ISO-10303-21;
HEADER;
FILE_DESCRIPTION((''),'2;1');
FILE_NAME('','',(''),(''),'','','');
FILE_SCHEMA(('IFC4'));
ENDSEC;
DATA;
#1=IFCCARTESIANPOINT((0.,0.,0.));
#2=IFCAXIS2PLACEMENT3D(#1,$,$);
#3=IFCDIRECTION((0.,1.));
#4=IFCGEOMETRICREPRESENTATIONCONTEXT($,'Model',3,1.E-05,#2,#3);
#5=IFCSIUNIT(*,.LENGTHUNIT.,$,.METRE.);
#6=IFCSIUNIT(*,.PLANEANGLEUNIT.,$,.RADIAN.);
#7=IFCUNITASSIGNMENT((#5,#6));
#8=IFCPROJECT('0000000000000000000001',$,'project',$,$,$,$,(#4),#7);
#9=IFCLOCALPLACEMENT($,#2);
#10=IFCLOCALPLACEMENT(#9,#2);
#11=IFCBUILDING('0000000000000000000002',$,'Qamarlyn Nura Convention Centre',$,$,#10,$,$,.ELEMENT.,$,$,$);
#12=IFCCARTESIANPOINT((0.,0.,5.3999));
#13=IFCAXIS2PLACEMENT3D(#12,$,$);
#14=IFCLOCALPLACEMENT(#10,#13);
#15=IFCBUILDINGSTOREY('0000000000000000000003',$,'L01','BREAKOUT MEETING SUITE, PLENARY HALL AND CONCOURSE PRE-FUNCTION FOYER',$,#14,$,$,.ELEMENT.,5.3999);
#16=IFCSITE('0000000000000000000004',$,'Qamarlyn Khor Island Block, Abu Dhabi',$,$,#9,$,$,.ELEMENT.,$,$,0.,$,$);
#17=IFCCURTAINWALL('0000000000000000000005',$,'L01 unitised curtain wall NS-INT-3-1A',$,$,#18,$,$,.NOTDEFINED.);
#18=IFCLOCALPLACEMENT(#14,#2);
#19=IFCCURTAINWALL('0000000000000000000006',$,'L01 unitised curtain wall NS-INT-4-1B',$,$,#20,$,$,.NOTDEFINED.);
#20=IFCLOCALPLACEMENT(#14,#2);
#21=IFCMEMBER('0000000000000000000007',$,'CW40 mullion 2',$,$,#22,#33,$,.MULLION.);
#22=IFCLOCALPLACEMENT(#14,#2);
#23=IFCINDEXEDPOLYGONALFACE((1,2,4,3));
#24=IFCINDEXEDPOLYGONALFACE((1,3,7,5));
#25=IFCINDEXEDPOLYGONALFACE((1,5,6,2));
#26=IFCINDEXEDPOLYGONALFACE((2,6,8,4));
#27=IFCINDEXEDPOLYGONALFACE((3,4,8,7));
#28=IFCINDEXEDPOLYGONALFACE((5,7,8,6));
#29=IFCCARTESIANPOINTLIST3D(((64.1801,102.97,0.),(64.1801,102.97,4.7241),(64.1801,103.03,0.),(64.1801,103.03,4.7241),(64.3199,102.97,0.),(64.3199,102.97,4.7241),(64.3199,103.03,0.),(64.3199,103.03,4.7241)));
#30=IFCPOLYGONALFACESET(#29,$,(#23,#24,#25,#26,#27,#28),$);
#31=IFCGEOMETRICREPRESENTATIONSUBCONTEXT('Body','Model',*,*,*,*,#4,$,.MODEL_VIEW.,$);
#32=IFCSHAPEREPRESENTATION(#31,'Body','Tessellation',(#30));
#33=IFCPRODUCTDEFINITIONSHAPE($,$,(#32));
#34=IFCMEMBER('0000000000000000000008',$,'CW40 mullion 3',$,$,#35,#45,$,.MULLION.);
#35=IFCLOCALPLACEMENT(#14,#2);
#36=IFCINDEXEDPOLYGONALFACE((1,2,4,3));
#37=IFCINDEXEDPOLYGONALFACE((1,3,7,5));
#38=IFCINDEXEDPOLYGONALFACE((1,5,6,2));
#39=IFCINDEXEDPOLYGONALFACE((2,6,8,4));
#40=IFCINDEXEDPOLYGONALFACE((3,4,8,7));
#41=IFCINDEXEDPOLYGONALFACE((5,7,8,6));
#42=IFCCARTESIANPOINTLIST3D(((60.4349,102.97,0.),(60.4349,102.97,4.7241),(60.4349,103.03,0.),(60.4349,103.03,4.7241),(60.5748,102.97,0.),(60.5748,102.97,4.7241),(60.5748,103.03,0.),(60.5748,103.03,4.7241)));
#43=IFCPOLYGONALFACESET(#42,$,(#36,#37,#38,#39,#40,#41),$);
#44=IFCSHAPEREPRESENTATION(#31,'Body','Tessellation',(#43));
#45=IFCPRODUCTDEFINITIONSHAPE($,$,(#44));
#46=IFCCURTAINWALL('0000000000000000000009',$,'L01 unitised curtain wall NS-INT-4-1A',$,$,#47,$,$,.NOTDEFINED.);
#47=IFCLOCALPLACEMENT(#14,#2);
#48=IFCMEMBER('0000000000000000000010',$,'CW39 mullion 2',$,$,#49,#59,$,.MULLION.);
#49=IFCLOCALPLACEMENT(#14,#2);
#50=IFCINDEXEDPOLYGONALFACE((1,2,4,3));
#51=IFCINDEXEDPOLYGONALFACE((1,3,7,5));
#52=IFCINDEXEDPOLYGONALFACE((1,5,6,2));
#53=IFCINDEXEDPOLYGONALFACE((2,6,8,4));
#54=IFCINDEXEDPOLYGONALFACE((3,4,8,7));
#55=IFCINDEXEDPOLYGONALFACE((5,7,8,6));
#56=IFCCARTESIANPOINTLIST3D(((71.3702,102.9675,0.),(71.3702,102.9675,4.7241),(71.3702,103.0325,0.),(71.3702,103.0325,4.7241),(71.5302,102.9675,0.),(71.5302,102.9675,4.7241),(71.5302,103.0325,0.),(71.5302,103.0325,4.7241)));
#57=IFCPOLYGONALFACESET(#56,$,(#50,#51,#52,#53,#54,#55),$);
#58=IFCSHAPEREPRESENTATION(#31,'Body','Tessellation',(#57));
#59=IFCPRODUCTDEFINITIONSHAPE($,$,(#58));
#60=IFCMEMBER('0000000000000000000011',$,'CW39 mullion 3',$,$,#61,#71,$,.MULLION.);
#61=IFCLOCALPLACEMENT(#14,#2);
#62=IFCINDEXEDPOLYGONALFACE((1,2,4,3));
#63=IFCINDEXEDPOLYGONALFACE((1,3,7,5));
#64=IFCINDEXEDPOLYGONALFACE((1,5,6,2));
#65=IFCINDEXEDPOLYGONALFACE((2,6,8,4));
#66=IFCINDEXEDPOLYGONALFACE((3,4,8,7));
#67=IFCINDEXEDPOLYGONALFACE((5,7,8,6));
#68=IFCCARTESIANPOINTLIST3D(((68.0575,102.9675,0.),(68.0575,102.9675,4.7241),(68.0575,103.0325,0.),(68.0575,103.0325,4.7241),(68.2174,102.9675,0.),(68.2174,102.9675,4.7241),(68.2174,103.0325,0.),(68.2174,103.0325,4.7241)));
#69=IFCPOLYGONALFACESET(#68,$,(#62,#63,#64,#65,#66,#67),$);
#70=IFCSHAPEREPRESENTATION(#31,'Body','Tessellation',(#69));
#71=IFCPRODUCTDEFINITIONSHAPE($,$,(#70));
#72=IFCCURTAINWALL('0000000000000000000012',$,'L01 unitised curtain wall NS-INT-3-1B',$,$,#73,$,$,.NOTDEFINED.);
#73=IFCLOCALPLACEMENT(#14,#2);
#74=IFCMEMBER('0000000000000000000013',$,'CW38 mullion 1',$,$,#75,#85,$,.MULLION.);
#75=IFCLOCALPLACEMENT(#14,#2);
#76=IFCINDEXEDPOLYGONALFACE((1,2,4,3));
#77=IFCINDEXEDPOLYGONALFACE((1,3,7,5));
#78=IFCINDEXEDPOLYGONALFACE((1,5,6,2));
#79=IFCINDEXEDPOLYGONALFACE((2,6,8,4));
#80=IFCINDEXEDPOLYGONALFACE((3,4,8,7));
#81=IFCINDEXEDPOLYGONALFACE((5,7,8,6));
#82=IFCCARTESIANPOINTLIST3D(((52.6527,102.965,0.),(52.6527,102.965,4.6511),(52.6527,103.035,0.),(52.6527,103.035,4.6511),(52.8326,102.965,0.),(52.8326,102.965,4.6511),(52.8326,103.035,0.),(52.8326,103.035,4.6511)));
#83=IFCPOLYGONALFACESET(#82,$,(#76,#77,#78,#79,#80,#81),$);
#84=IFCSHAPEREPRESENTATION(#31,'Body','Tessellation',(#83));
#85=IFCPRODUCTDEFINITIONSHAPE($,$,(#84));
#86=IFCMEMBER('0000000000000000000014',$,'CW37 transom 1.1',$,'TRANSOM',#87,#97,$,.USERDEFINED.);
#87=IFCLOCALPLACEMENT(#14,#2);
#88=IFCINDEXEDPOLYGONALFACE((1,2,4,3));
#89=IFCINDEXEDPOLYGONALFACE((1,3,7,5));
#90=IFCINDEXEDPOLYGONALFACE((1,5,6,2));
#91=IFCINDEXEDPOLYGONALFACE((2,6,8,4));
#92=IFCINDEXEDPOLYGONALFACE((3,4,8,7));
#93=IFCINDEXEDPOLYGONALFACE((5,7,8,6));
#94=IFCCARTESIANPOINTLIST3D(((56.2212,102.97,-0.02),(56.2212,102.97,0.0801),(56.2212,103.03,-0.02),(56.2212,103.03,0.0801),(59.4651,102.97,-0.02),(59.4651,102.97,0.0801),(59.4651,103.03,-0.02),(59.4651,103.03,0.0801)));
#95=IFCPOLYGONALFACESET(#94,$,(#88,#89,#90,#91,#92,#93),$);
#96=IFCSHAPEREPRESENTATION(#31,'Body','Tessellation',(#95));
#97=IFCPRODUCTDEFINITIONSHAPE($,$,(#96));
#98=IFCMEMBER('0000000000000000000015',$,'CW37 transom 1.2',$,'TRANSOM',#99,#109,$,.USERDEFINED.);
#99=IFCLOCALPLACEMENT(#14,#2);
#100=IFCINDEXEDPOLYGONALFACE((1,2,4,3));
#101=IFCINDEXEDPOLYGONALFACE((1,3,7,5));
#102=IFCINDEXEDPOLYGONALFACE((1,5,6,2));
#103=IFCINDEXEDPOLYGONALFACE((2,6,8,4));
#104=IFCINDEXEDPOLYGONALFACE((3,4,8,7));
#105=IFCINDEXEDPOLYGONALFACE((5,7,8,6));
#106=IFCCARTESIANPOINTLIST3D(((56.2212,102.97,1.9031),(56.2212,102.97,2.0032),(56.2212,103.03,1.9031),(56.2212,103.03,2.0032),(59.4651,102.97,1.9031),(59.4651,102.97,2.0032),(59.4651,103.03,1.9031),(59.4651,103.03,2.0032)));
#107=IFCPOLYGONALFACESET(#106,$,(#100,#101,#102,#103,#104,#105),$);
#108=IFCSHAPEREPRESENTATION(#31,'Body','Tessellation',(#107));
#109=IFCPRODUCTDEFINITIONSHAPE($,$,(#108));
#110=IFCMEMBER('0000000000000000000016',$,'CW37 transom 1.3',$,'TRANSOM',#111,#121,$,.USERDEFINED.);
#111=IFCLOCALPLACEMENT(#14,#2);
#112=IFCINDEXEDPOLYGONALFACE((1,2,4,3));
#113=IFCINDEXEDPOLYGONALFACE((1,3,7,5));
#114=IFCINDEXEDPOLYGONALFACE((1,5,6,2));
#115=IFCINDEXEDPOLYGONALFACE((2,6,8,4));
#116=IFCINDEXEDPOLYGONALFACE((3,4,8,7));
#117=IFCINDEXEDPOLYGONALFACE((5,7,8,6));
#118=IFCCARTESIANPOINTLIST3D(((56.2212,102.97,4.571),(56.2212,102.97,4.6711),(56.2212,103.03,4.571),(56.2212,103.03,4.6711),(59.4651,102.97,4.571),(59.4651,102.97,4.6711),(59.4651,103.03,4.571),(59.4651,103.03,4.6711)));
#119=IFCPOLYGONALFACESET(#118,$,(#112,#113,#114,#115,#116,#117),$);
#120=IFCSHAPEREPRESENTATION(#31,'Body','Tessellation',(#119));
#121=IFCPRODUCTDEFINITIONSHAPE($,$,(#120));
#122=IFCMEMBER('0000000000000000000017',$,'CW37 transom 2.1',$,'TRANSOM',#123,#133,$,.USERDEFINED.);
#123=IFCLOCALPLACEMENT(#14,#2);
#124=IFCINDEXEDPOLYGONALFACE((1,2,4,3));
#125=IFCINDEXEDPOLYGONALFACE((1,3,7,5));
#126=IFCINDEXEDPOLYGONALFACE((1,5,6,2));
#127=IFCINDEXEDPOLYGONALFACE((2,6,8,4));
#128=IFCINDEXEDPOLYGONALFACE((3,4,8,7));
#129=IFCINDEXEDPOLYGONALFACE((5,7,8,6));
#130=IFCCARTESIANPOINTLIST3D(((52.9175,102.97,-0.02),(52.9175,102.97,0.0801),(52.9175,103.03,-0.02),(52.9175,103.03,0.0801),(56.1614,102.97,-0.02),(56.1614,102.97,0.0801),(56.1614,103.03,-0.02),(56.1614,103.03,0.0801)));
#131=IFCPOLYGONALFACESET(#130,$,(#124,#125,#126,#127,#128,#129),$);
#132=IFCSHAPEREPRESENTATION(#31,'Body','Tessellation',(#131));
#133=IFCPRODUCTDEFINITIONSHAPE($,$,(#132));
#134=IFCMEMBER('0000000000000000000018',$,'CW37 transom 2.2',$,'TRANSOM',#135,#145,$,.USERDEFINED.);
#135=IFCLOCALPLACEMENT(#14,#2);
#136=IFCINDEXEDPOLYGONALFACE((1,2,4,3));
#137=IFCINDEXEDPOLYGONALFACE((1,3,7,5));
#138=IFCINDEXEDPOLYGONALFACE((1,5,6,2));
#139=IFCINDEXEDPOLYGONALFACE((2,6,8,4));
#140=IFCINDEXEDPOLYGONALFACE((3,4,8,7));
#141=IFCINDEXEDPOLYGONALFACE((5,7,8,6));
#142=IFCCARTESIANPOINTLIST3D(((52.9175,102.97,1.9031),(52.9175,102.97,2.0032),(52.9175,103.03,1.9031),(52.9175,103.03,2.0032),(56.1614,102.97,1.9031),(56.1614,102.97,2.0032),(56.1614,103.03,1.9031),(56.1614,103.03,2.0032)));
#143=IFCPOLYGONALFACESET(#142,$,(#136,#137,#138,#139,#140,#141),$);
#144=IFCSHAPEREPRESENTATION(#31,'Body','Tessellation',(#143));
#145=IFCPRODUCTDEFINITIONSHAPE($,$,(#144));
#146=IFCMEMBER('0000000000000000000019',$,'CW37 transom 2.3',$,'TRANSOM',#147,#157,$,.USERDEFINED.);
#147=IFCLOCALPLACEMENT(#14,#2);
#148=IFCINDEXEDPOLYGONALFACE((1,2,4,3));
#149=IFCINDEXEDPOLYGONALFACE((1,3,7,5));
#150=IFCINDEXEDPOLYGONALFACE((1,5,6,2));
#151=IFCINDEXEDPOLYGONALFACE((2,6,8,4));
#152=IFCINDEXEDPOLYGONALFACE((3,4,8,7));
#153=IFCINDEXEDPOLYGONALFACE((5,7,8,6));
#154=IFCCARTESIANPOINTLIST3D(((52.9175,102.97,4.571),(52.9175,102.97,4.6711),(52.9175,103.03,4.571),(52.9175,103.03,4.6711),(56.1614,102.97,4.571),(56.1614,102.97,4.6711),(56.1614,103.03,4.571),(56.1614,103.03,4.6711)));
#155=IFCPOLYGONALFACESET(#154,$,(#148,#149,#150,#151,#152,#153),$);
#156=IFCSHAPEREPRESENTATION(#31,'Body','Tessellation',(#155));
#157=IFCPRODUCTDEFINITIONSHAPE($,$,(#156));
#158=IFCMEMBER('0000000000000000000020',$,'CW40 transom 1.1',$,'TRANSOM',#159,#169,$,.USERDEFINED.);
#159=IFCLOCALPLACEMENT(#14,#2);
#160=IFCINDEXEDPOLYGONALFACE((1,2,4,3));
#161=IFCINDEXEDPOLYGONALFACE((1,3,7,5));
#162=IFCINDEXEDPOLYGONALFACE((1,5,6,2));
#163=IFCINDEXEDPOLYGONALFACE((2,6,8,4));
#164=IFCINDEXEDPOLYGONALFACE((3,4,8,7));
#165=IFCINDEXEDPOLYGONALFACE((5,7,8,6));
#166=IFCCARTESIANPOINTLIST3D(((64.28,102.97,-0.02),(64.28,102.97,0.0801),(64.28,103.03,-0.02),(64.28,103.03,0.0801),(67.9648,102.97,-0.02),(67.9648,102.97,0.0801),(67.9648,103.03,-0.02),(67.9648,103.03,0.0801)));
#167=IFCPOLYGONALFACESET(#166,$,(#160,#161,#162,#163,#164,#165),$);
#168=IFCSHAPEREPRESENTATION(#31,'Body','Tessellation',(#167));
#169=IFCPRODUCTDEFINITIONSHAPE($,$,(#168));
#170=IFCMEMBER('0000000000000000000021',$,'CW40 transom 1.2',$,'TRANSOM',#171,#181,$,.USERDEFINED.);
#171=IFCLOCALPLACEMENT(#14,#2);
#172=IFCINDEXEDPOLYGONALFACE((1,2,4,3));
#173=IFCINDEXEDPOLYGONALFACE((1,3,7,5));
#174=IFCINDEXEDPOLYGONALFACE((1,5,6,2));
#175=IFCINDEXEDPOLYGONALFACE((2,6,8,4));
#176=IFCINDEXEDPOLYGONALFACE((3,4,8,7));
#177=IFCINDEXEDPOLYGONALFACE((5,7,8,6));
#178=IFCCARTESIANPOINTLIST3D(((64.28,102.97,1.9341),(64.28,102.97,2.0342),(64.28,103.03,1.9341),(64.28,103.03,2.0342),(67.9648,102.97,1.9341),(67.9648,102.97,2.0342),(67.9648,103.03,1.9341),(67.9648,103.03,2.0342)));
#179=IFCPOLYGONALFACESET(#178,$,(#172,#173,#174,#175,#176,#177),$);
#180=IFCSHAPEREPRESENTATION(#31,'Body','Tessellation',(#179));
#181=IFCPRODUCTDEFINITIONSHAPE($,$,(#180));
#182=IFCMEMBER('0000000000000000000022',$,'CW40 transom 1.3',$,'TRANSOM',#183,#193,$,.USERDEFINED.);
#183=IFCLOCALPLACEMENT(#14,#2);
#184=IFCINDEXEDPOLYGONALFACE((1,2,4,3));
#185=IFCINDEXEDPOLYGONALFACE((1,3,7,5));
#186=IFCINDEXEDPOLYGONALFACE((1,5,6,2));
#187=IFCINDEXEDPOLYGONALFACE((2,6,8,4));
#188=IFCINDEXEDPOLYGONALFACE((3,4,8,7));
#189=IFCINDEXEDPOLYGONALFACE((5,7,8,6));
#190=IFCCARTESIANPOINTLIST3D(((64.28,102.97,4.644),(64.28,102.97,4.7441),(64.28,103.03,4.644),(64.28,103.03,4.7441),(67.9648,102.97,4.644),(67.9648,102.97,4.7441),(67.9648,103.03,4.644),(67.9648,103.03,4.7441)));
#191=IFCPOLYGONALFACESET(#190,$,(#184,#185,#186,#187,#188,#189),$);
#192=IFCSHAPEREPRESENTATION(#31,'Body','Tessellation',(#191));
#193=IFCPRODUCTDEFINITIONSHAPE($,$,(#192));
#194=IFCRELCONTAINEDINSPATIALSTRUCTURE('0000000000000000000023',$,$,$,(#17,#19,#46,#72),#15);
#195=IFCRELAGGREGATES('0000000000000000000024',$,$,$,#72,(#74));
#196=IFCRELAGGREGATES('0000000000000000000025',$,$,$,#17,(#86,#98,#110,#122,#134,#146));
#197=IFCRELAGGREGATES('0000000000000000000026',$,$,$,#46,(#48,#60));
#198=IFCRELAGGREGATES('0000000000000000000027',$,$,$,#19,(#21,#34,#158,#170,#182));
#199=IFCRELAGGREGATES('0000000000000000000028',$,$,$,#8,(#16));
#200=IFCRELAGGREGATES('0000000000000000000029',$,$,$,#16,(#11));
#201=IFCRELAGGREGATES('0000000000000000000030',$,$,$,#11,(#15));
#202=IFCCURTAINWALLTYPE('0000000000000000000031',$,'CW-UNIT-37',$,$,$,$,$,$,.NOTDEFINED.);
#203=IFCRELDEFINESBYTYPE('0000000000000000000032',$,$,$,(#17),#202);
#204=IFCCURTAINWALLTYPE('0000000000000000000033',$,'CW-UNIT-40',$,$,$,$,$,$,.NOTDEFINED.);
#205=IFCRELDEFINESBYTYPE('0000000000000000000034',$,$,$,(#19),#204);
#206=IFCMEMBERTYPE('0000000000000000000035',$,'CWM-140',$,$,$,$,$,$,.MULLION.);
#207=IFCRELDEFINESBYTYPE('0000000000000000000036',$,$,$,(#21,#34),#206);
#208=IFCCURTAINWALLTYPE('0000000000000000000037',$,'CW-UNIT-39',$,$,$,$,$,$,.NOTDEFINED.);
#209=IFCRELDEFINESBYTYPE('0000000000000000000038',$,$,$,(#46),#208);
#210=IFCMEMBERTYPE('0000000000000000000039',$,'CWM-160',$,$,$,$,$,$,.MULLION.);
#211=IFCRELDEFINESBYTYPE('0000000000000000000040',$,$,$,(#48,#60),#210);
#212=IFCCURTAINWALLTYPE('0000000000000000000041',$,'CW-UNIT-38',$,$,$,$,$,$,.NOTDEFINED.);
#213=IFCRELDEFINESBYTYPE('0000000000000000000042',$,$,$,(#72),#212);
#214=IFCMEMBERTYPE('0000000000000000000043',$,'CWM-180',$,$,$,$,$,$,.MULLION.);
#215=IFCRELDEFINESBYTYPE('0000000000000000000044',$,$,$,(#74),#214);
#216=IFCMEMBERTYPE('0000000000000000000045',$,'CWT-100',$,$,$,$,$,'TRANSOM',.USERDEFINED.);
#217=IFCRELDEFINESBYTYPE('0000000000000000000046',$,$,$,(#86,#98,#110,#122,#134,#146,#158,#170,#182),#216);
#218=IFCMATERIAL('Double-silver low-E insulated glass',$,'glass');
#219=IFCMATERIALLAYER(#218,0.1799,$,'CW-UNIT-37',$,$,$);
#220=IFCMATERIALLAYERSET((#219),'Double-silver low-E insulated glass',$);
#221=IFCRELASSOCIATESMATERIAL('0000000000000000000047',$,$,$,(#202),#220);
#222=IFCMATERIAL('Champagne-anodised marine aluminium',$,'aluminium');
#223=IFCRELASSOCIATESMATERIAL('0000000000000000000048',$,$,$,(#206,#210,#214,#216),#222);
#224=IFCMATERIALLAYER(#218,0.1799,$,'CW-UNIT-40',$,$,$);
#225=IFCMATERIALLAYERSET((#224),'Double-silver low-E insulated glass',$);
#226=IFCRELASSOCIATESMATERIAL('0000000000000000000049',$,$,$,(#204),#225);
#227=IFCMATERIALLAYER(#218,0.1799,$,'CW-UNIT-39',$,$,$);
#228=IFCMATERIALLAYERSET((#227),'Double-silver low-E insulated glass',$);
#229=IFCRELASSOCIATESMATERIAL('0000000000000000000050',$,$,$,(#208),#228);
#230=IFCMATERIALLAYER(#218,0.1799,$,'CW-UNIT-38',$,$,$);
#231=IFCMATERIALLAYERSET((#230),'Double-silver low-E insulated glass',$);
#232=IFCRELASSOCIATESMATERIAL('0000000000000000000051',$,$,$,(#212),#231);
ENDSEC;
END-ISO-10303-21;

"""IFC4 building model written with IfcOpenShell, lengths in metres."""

from ifc_helpers import new_model, si_unit, direction, frame, origin, origin_2d, place, context, subcontext, project, spatial, rectangle, extrude, material, layer, layer_set, material_profile, profile_set, type_object, element, aggregate, save


model = new_model("IFC4")

# Units and contexts
model_context = context("Model", 3, precision=1e-05, world=origin(), true_north=direction((0.0, 1.0)))
body_context = subcontext(model_context, "Body", "Model", "MODEL_VIEW")
ifc_project = project(units=[si_unit("LENGTHUNIT", "METRE"), si_unit("PLANEANGLEUNIT", "RADIAN")], contexts=[model_context])

# Site, building, storey
site_placement = place(None, origin())
site = spatial("IfcSite", under=ifc_project, at=site_placement, Name="Qamarlyn Khor Island Block, Abu Dhabi", CompositionType="ELEMENT", RefElevation=0.0)
building_placement = place(site_placement, origin())
building = spatial("IfcBuilding", under=site, at=building_placement, Name="Qamarlyn Nura Convention Centre", CompositionType="ELEMENT")
storey_placement = place(building_placement, frame((0.0, 0.0, 5.3999)))
storey = spatial("IfcBuildingStorey", under=building, at=storey_placement, Name="L01", Description="BREAKOUT MEETING SUITE, PLENARY HALL AND CONCOURSE PRE-FUNCTION FOYER", CompositionType="ELEMENT", Elevation=5.3999)

# Curtain walls, members
ifc_material_1 = material(Name="Double-silver low-E insulated glass", Category="glass")
ifc_layer_1 = layer(ifc_material_1, 0.1799, Name="CW-UNIT-37")
ifc_layer_set_1 = layer_set([ifc_layer_1], Name="Double-silver low-E insulated glass")
curtain_wall_type_1 = type_object("IfcCurtainWallType", Name="CW-UNIT-37", PredefinedType="NOTDEFINED", material=ifc_layer_set_1)
curtain_wall_1_placement = place(storey_placement, origin())
curtain_wall_1 = element("IfcCurtainWall", 1, at=curtain_wall_1_placement, inside=storey, type_object=curtain_wall_type_1, Name="L01 unitised curtain wall NS-INT-3-1A", PredefinedType="NOTDEFINED")
ifc_material_2 = material(Name="Champagne-anodised marine aluminium", Category="aluminium")
ifc_material_profile_1 = material_profile(ifc_material_2, rectangle(XDim=0.0601, YDim=0.1399, at=origin_2d()), Name="ALU MULLION 60x140")
ifc_profile_set_1 = profile_set([ifc_material_profile_1], Name="Champagne-anodised marine aluminium")
member_type_1 = type_object("IfcMemberType", Name="CWM-140", PredefinedType="MULLION", material=ifc_profile_set_1)
ifc_layer_2 = layer(ifc_material_1, 0.1799, Name="CW-UNIT-40")
ifc_layer_set_2 = layer_set([ifc_layer_2], Name="Double-silver low-E insulated glass")
curtain_wall_type_2 = type_object("IfcCurtainWallType", Name="CW-UNIT-40", PredefinedType="NOTDEFINED", material=ifc_layer_set_2)
curtain_wall_2_placement = place(storey_placement, origin())
curtain_wall_2 = element("IfcCurtainWall", 2, at=curtain_wall_2_placement, inside=storey, type_object=curtain_wall_type_2, Name="L01 unitised curtain wall NS-INT-4-1B", PredefinedType="NOTDEFINED")
member_1_placement = place(storey_placement, frame((64.25, 103.0, 0.0), z_axis=(0.0, 0.0, 1.0), x_axis=(0.0, -1.0, 0.0)))
member_1 = element("IfcMember", 3, at=member_1_placement, type_object=member_type_1, Name="CW40 mullion 2", PredefinedType="MULLION", context=body_context, shape_type="SweptSolid", body=[
    extrude(rectangle(XDim=0.0601, YDim=0.1399, at=origin_2d()), origin(), (0.0, 0.0, 1.0), 4.7241),
])
member_2_placement = place(storey_placement, frame((60.5049, 103.0, 0.0), z_axis=(0.0, 0.0, 1.0), x_axis=(0.0, -1.0, 0.0)))
member_2 = element("IfcMember", 4, at=member_2_placement, type_object=member_type_1, Name="CW40 mullion 3", PredefinedType="MULLION", context=body_context, shape_type="SweptSolid", body=[
    extrude(rectangle(XDim=0.0601, YDim=0.1399, at=origin_2d()), origin(), (0.0, 0.0, 1.0), 4.7241),
])
ifc_layer_3 = layer(ifc_material_1, 0.1799, Name="CW-UNIT-39")
ifc_layer_set_3 = layer_set([ifc_layer_3], Name="Double-silver low-E insulated glass")
curtain_wall_type_3 = type_object("IfcCurtainWallType", Name="CW-UNIT-39", PredefinedType="NOTDEFINED", material=ifc_layer_set_3)
curtain_wall_3_placement = place(storey_placement, origin())
curtain_wall_3 = element("IfcCurtainWall", 5, at=curtain_wall_3_placement, inside=storey, type_object=curtain_wall_type_3, Name="L01 unitised curtain wall NS-INT-4-1A", PredefinedType="NOTDEFINED")
ifc_material_profile_2 = material_profile(ifc_material_2, rectangle(XDim=0.0649, YDim=0.1599, at=origin_2d()), Name="ALU MULLION 65x160")
ifc_profile_set_2 = profile_set([ifc_material_profile_2], Name="Champagne-anodised marine aluminium")
member_type_2 = type_object("IfcMemberType", Name="CWM-160", PredefinedType="MULLION", material=ifc_profile_set_2)
member_3_placement = place(storey_placement, frame((71.4502, 103.0, 0.0), z_axis=(0.0, 0.0, 1.0), x_axis=(0.0, -1.0, 0.0)))
member_3 = element("IfcMember", 6, at=member_3_placement, type_object=member_type_2, Name="CW39 mullion 2", PredefinedType="MULLION", context=body_context, shape_type="SweptSolid", body=[
    extrude(rectangle(XDim=0.0649, YDim=0.1599, at=origin_2d()), origin(), (0.0, 0.0, 1.0), 4.7241),
])
member_4_placement = place(storey_placement, frame((68.1375, 103.0, 0.0), z_axis=(0.0, 0.0, 1.0), x_axis=(0.0, -1.0, 0.0)))
member_4 = element("IfcMember", 7, at=member_4_placement, type_object=member_type_2, Name="CW39 mullion 3", PredefinedType="MULLION", context=body_context, shape_type="SweptSolid", body=[
    extrude(rectangle(XDim=0.0649, YDim=0.1599, at=origin_2d()), origin(), (0.0, 0.0, 1.0), 4.7241),
])

# Curtain wall, member
ifc_layer_4 = layer(ifc_material_1, 0.1799, Name="CW-UNIT-38")
ifc_layer_set_4 = layer_set([ifc_layer_4], Name="Double-silver low-E insulated glass")
curtain_wall_type_4 = type_object("IfcCurtainWallType", Name="CW-UNIT-38", PredefinedType="NOTDEFINED", material=ifc_layer_set_4)
curtain_wall_4_placement = place(storey_placement, origin())
curtain_wall_4 = element("IfcCurtainWall", 8, at=curtain_wall_4_placement, inside=storey, type_object=curtain_wall_type_4, Name="L01 unitised curtain wall NS-INT-3-1B", PredefinedType="NOTDEFINED")
ifc_material_profile_3 = material_profile(ifc_material_2, rectangle(XDim=0.0701, YDim=0.1799, at=origin_2d()), Name="ALU MULLION 70x180")
ifc_profile_set_3 = profile_set([ifc_material_profile_3], Name="Champagne-anodised marine aluminium")
member_type_3 = type_object("IfcMemberType", Name="CWM-180", PredefinedType="MULLION", material=ifc_profile_set_3)
member_5_placement = place(storey_placement, frame((52.7427, 103.0, 0.0), z_axis=(0.0, 0.0, 1.0), x_axis=(0.0, -1.0, 0.0)))
member_5 = element("IfcMember", 9, at=member_5_placement, type_object=member_type_3, Name="CW38 mullion 1", PredefinedType="MULLION", context=body_context, shape_type="SweptSolid", body=[
    extrude(rectangle(XDim=0.0701, YDim=0.1799, at=origin_2d()), origin(), (0.0, 0.0, 1.0), 4.6511),
])
aggregate(curtain_wall_4, [member_5])

# Members
ifc_material_profile_4 = material_profile(ifc_material_2, rectangle(XDim=0.0601, YDim=0.1001, at=origin_2d()), Name="ALU TRANSOM 60x100")
ifc_profile_set_4 = profile_set([ifc_material_profile_4], Name="Champagne-anodised marine aluminium")
member_type_4 = type_object("IfcMemberType", Name="CWT-100", ElementType="TRANSOM", PredefinedType="USERDEFINED", material=ifc_profile_set_4)
member_6_placement = place(storey_placement, frame((59.4651, 103.0, 0.03), z_axis=(-1.0, 0.0, 0.0), x_axis=(0.0, -1.0, 0.0)))
member_6 = element("IfcMember", 10, at=member_6_placement, type_object=member_type_4, Name="CW37 transom 1.1", ObjectType="TRANSOM", PredefinedType="USERDEFINED", context=body_context, shape_type="SweptSolid", body=[
    extrude(rectangle(XDim=0.0601, YDim=0.1001, at=origin_2d()), origin(), (0.0, 0.0, 1.0), 3.2439),
])
member_7_placement = place(storey_placement, frame((59.4651, 103.0, 1.9531), z_axis=(-1.0, 0.0, 0.0), x_axis=(0.0, -1.0, 0.0)))
member_7 = element("IfcMember", 11, at=member_7_placement, type_object=member_type_4, Name="CW37 transom 1.2", ObjectType="TRANSOM", PredefinedType="USERDEFINED", context=body_context, shape_type="SweptSolid", body=[
    extrude(rectangle(XDim=0.0601, YDim=0.1001, at=origin_2d()), origin(), (0.0, 0.0, 1.0), 3.2439),
])
member_8_placement = place(storey_placement, frame((59.4651, 103.0, 4.6211), z_axis=(-1.0, 0.0, 0.0), x_axis=(0.0, -1.0, 0.0)))
member_8 = element("IfcMember", 12, at=member_8_placement, type_object=member_type_4, Name="CW37 transom 1.3", ObjectType="TRANSOM", PredefinedType="USERDEFINED", context=body_context, shape_type="SweptSolid", body=[
    extrude(rectangle(XDim=0.0601, YDim=0.1001, at=origin_2d()), origin(), (0.0, 0.0, 1.0), 3.2439),
])
member_9_placement = place(storey_placement, frame((56.1614, 103.0, 0.03), z_axis=(-1.0, 0.0, 0.0), x_axis=(0.0, -1.0, 0.0)))
member_9 = element("IfcMember", 13, at=member_9_placement, type_object=member_type_4, Name="CW37 transom 2.1", ObjectType="TRANSOM", PredefinedType="USERDEFINED", context=body_context, shape_type="SweptSolid", body=[
    extrude(rectangle(XDim=0.0601, YDim=0.1001, at=origin_2d()), origin(), (0.0, 0.0, 1.0), 3.2439),
])
member_10_placement = place(storey_placement, frame((56.1614, 103.0, 1.9531), z_axis=(-1.0, 0.0, 0.0), x_axis=(0.0, -1.0, 0.0)))
member_10 = element("IfcMember", 14, at=member_10_placement, type_object=member_type_4, Name="CW37 transom 2.2", ObjectType="TRANSOM", PredefinedType="USERDEFINED", context=body_context, shape_type="SweptSolid", body=[
    extrude(rectangle(XDim=0.0601, YDim=0.1001, at=origin_2d()), origin(), (0.0, 0.0, 1.0), 3.2439),
])
member_11_placement = place(storey_placement, frame((56.1614, 103.0, 4.6211), z_axis=(-1.0, 0.0, 0.0), x_axis=(0.0, -1.0, 0.0)))
member_11 = element("IfcMember", 15, at=member_11_placement, type_object=member_type_4, Name="CW37 transom 2.3", ObjectType="TRANSOM", PredefinedType="USERDEFINED", context=body_context, shape_type="SweptSolid", body=[
    extrude(rectangle(XDim=0.0601, YDim=0.1001, at=origin_2d()), origin(), (0.0, 0.0, 1.0), 3.2439),
])
member_12_placement = place(storey_placement, frame((67.9648, 103.0, 0.03), z_axis=(-1.0, 0.0, 0.0), x_axis=(0.0, -1.0, 0.0)))
member_12 = element("IfcMember", 16, at=member_12_placement, type_object=member_type_4, Name="CW40 transom 1.1", ObjectType="TRANSOM", PredefinedType="USERDEFINED", context=body_context, shape_type="SweptSolid", body=[
    extrude(rectangle(XDim=0.0601, YDim=0.1001, at=origin_2d()), origin(), (0.0, 0.0, 1.0), 3.6848),
])
member_13_placement = place(storey_placement, frame((67.9648, 103.0, 1.9841), z_axis=(-1.0, 0.0, 0.0), x_axis=(0.0, -1.0, 0.0)))
member_13 = element("IfcMember", 17, at=member_13_placement, type_object=member_type_4, Name="CW40 transom 1.2", ObjectType="TRANSOM", PredefinedType="USERDEFINED", context=body_context, shape_type="SweptSolid", body=[
    extrude(rectangle(XDim=0.0601, YDim=0.1001, at=origin_2d()), origin(), (0.0, 0.0, 1.0), 3.6848),
])
member_14_placement = place(storey_placement, frame((67.9648, 103.0, 4.6941), z_axis=(-1.0, 0.0, 0.0), x_axis=(0.0, -1.0, 0.0)))
member_14 = element("IfcMember", 18, at=member_14_placement, type_object=member_type_4, Name="CW40 transom 1.3", ObjectType="TRANSOM", PredefinedType="USERDEFINED", context=body_context, shape_type="SweptSolid", body=[
    extrude(rectangle(XDim=0.0601, YDim=0.1001, at=origin_2d()), origin(), (0.0, 0.0, 1.0), 3.6848),
])

aggregate(curtain_wall_1, [member_6, member_7, member_8, member_9, member_10, member_11])
aggregate(curtain_wall_3, [member_3, member_4])
aggregate(curtain_wall_2, [member_1, member_2, member_12, member_13, member_14])

save(model, "model.ifc")
